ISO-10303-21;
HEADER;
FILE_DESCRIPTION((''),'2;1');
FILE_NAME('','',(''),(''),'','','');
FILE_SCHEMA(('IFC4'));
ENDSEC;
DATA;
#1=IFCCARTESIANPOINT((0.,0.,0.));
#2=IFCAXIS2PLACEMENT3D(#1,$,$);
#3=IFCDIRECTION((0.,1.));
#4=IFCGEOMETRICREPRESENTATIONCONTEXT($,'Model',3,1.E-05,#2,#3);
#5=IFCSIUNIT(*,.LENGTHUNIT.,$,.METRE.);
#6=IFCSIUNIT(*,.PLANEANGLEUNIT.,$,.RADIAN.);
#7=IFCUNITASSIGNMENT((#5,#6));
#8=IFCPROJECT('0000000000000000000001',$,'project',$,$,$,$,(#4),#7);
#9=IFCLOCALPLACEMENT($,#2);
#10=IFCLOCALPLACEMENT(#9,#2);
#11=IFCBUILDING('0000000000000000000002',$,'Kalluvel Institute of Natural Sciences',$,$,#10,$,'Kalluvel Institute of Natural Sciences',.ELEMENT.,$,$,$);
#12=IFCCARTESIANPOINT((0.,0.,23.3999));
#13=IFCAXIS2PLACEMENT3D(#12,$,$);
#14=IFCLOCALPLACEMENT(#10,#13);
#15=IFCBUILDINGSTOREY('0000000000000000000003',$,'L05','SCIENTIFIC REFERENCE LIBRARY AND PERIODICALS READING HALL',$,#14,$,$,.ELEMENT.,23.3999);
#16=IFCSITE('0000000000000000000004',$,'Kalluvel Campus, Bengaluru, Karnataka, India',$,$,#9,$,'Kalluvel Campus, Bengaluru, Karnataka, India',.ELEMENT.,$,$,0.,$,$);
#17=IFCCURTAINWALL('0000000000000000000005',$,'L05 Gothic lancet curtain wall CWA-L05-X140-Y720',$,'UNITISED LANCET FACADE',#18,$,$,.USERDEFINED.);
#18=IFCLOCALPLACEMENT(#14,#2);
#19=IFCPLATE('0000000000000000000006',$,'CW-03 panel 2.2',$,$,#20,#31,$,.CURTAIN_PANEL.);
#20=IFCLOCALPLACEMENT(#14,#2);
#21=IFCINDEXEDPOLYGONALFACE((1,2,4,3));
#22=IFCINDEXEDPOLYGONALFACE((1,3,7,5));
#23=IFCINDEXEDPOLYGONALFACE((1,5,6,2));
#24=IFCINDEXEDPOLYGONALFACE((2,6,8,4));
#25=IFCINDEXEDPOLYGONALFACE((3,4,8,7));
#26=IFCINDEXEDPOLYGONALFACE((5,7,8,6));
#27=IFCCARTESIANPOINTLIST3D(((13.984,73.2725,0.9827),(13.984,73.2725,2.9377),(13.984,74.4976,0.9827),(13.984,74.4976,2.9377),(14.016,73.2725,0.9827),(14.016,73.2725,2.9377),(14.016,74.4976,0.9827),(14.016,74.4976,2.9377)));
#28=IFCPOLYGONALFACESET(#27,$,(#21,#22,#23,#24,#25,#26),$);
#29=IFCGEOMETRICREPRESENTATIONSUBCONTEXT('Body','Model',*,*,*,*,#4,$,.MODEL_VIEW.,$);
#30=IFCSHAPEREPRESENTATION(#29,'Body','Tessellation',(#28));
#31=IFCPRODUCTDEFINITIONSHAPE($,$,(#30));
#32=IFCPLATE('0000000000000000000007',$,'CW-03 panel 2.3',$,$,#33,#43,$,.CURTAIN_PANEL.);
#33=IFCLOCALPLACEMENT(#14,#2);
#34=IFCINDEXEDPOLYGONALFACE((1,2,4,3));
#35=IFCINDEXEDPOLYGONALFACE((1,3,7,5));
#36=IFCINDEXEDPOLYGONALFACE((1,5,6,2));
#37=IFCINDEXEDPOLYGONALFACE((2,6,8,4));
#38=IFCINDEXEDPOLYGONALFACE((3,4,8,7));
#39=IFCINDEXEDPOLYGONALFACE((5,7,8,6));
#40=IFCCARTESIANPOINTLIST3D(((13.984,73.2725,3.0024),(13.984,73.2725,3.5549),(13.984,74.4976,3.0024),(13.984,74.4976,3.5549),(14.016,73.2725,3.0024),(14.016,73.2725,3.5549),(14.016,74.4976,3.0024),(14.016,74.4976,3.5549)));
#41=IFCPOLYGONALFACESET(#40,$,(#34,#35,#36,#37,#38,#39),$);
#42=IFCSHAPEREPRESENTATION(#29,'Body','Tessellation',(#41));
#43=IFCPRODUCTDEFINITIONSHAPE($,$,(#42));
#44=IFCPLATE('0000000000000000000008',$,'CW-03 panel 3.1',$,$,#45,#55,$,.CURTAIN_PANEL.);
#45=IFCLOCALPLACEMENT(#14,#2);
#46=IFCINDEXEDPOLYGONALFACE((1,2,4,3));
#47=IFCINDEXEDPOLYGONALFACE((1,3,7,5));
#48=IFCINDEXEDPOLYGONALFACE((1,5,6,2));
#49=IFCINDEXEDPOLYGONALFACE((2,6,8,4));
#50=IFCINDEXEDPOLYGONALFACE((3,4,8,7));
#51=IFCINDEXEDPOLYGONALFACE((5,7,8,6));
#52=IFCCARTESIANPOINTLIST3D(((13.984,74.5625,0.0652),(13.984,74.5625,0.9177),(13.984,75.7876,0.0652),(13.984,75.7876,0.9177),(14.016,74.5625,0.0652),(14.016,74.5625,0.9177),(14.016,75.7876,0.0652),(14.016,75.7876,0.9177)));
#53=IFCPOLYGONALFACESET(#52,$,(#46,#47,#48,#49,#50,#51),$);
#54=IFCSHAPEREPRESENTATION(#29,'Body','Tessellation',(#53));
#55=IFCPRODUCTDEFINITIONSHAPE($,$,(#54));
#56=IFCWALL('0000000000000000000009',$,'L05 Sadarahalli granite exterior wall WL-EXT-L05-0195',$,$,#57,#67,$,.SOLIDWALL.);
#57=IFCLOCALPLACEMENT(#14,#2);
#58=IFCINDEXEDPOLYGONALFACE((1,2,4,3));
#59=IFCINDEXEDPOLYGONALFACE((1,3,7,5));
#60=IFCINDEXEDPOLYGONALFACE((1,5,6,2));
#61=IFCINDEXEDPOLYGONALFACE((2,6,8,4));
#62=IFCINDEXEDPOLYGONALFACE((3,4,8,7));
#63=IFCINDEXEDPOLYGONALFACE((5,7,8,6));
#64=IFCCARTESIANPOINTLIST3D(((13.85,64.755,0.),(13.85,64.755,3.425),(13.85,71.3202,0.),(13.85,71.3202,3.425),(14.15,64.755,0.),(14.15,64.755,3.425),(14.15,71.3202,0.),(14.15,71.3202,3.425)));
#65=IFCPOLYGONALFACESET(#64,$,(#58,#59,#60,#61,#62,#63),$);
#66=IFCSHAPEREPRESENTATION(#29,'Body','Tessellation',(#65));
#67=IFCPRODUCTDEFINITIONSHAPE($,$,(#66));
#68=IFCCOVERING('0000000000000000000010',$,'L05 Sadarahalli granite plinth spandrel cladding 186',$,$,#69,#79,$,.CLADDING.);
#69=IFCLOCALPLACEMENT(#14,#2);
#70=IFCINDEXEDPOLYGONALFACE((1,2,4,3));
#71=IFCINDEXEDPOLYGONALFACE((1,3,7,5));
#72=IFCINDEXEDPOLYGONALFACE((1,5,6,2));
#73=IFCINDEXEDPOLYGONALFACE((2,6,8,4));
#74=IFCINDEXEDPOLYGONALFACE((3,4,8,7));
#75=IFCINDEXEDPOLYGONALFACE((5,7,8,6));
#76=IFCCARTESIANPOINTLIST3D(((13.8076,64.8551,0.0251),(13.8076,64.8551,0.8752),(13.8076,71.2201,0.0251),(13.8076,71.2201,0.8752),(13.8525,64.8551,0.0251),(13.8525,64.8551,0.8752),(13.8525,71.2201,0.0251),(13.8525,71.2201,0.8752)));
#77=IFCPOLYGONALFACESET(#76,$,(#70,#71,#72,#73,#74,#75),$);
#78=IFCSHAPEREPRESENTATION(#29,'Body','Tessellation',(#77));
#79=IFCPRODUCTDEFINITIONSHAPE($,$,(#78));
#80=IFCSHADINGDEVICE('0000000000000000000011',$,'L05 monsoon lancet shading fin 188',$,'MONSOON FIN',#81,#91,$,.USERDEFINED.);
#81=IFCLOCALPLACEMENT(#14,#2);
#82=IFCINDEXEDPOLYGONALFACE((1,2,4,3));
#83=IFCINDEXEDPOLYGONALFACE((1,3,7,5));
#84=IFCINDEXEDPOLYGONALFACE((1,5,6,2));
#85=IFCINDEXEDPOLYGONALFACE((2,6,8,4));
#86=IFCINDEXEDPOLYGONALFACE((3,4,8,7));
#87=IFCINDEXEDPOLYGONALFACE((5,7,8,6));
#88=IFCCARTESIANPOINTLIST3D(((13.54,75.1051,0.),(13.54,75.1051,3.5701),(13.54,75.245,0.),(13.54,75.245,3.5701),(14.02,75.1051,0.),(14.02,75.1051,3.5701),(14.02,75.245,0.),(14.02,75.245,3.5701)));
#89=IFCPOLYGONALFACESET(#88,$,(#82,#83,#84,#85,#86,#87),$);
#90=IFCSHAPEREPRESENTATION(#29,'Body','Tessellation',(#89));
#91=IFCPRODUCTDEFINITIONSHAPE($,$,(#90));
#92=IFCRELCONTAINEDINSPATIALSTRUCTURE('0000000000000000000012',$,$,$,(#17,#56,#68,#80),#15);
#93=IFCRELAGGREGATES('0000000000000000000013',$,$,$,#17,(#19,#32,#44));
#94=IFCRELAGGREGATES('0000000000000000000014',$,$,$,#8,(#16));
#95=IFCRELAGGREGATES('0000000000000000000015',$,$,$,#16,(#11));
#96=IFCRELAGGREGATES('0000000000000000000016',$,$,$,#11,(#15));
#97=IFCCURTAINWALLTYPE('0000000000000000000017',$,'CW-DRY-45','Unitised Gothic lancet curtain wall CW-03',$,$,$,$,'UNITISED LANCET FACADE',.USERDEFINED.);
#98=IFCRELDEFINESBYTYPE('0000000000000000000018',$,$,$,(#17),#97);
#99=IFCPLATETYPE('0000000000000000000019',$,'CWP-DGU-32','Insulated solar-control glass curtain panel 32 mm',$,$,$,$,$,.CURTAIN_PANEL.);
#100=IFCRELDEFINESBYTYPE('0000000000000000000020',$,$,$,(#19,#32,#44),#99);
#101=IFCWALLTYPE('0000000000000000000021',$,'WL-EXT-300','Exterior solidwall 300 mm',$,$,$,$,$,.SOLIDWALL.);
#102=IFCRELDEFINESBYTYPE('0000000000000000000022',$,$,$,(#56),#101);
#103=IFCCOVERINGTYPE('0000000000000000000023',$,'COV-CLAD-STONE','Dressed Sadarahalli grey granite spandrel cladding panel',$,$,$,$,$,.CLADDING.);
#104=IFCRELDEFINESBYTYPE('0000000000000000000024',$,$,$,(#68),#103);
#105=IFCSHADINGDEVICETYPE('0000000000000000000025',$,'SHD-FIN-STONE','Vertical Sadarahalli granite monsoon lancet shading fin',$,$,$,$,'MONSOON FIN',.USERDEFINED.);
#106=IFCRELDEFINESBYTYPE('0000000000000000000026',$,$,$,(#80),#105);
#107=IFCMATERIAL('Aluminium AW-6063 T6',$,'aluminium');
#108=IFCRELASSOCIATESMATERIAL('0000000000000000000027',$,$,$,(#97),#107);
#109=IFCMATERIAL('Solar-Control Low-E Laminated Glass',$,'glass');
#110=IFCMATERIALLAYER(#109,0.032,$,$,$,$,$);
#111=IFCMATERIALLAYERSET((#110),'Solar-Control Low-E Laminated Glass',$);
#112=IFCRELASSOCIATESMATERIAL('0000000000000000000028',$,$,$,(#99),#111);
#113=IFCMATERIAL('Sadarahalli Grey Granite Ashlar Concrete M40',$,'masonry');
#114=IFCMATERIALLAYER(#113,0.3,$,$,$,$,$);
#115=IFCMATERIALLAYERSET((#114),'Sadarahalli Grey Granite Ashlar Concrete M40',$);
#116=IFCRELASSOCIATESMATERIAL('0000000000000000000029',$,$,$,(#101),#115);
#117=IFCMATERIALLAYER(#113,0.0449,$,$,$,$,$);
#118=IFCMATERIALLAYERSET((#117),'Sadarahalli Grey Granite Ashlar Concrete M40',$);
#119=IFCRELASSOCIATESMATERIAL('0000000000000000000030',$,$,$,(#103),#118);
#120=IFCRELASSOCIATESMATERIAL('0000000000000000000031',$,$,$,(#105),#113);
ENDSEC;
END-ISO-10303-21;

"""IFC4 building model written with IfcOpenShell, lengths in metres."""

from ifc_helpers import new_model, si_unit, direction, frame, frame_2d, origin, origin_2d, place, context, subcontext, project, spatial, rectangle, extrude, material, layer, layer_set, type_object, element, aggregate, save


model = new_model("IFC4")

# Units and contexts
model_context = context("Model", 3, precision=1e-05, world=origin(), true_north=direction((0.0, 1.0)))
body_context = subcontext(model_context, "Body", "Model", "MODEL_VIEW")
ifc_project = project(units=[si_unit("LENGTHUNIT", "METRE"), si_unit("PLANEANGLEUNIT", "RADIAN")], contexts=[model_context])

# Site, building, storey
site_placement = place(None, origin())
site = spatial("IfcSite", under=ifc_project, at=site_placement, Name="Kalluvel Campus, Bengaluru, Karnataka, India", LongName="Kalluvel Campus, Bengaluru, Karnataka, India", CompositionType="ELEMENT", RefElevation=0.0)
building_placement = place(site_placement, origin())
building = spatial("IfcBuilding", under=site, at=building_placement, Name="Kalluvel Institute of Natural Sciences", LongName="Kalluvel Institute of Natural Sciences", CompositionType="ELEMENT")
storey_placement = place(building_placement, frame((0.0, 0.0, 23.3999)))
storey = spatial("IfcBuildingStorey", under=building, at=storey_placement, Name="L05", Description="SCIENTIFIC REFERENCE LIBRARY AND PERIODICALS READING HALL", CompositionType="ELEMENT", Elevation=23.3999)

# Curtain wall
ifc_material_1 = material(Name="Aluminium AW-6063 T6", Category="aluminium")
curtain_wall_type = type_object("IfcCurtainWallType", Name="CW-DRY-45", Description="Unitised Gothic lancet curtain wall CW-03", ElementType="UNITISED LANCET FACADE", PredefinedType="USERDEFINED", material=ifc_material_1)
curtain_wall_placement = place(storey_placement, origin())
curtain_wall = element("IfcCurtainWall", 1, at=curtain_wall_placement, inside=storey, type_object=curtain_wall_type, Name="L05 Gothic lancet curtain wall CWA-L05-X140-Y720", ObjectType="UNITISED LANCET FACADE", PredefinedType="USERDEFINED")

# Plates
ifc_material_2 = material(Name="Solar-Control Low-E Laminated Glass", Category="glass")
ifc_layer_1 = layer(ifc_material_2, 0.032)
ifc_layer_set_1 = layer_set([ifc_layer_1], Name="Solar-Control Low-E Laminated Glass")
plate_type = type_object("IfcPlateType", Name="CWP-DGU-32", Description="Insulated solar-control glass curtain panel 32 mm", PredefinedType="CURTAIN_PANEL", material=ifc_layer_set_1)
plate_1_placement = place(storey_placement, frame((14.0, 73.885, 0.9827), z_axis=(0.0, 0.0, 1.0), x_axis=(0.0, 1.0, 0.0)))
plate_1 = element("IfcPlate", 2, at=plate_1_placement, type_object=plate_type, Name="CW-03 panel 2.2", PredefinedType="CURTAIN_PANEL", context=body_context, shape_type="SweptSolid", body=[
    extrude(rectangle(XDim=1.2251, YDim=0.032, at=origin_2d()), origin(), (0.0, 0.0, 1.0), 1.9551),
])
plate_2_placement = place(storey_placement, frame((14.0, 73.885, 3.0024), z_axis=(0.0, 0.0, 1.0), x_axis=(0.0, 1.0, 0.0)))
plate_2 = element("IfcPlate", 3, at=plate_2_placement, type_object=plate_type, Name="CW-03 panel 2.3", PredefinedType="CURTAIN_PANEL", context=body_context, shape_type="SweptSolid", body=[
    extrude(rectangle(XDim=1.2251, YDim=0.032, at=origin_2d()), origin(), (0.0, 0.0, 1.0), 0.5525),
])
plate_3_placement = place(storey_placement, frame((14.0, 75.175, 0.0652), z_axis=(0.0, 0.0, 1.0), x_axis=(0.0, 1.0, 0.0)))
plate_3 = element("IfcPlate", 4, at=plate_3_placement, type_object=plate_type, Name="CW-03 panel 3.1", PredefinedType="CURTAIN_PANEL", context=body_context, shape_type="SweptSolid", body=[
    extrude(rectangle(XDim=1.2251, YDim=0.032, at=origin_2d()), origin(), (0.0, 0.0, 1.0), 0.8525),
])
aggregate(curtain_wall, [plate_1, plate_2, plate_3])

# Wall
ifc_material_3 = material(Name="Sadarahalli Grey Granite Ashlar Concrete M40", Category="masonry")
ifc_layer_2 = layer(ifc_material_3, 0.3)
ifc_layer_set_2 = layer_set([ifc_layer_2], Name="Sadarahalli Grey Granite Ashlar Concrete M40")
wall_type = type_object("IfcWallType", Name="WL-EXT-300", Description="Exterior solidwall 300 mm", PredefinedType="SOLIDWALL", material=ifc_layer_set_2)
wall_placement = place(storey_placement, frame((14.0, 64.7549, 0.0), z_axis=(0.0, 0.0, 1.0), x_axis=(0.0, 1.0, 0.0)))
element("IfcWall", 5, at=wall_placement, inside=storey, type_object=wall_type, Name="L05 Sadarahalli granite exterior wall WL-EXT-L05-0195", PredefinedType="SOLIDWALL", context=body_context, shape_type="SweptSolid", body=[
    extrude(rectangle(XDim=6.5652, YDim=0.3, at=frame_2d((3.2827, 0.0))), origin(), (0.0, 0.0, 1.0), 3.425),
])

# Covering
ifc_layer_3 = layer(ifc_material_3, 0.0449)
ifc_layer_set_3 = layer_set([ifc_layer_3], Name="Sadarahalli Grey Granite Ashlar Concrete M40")
covering_type = type_object("IfcCoveringType", Name="COV-CLAD-STONE", Description="Dressed Sadarahalli grey granite spandrel cladding panel", PredefinedType="CLADDING", material=ifc_layer_set_3)
covering_placement = place(storey_placement, frame((13.8301, 68.0376, 0.0251), z_axis=(0.0, 0.0, 1.0), x_axis=(0.0, 1.0, 0.0)))
element("IfcCovering", 6, at=covering_placement, inside=storey, type_object=covering_type, Name="L05 Sadarahalli granite plinth spandrel cladding 186", PredefinedType="CLADDING", context=body_context, shape_type="SweptSolid", body=[
    extrude(rectangle(XDim=6.365, YDim=0.0449, at=origin_2d()), origin(), (0.0, 0.0, 1.0), 0.8501),
])

# Shading device
shading_device_type = type_object("IfcShadingDeviceType", Name="SHD-FIN-STONE", Description="Vertical Sadarahalli granite monsoon lancet shading fin", ElementType="MONSOON FIN", PredefinedType="USERDEFINED", material=ifc_material_3)
shading_device_placement = place(storey_placement, frame((13.78, 75.175, 0.0), z_axis=(0.0, 0.0, 1.0), x_axis=(0.0, 1.0, 0.0)))
element("IfcShadingDevice", 7, at=shading_device_placement, inside=storey, type_object=shading_device_type, Name="L05 monsoon lancet shading fin 188", ObjectType="MONSOON FIN", PredefinedType="USERDEFINED", context=body_context, shape_type="SweptSolid", body=[
    extrude(rectangle(XDim=0.1399, YDim=0.48, at=origin_2d()), origin(), (0.0, 0.0, 1.0), 3.5701),
])

save(model, "model.ifc")
